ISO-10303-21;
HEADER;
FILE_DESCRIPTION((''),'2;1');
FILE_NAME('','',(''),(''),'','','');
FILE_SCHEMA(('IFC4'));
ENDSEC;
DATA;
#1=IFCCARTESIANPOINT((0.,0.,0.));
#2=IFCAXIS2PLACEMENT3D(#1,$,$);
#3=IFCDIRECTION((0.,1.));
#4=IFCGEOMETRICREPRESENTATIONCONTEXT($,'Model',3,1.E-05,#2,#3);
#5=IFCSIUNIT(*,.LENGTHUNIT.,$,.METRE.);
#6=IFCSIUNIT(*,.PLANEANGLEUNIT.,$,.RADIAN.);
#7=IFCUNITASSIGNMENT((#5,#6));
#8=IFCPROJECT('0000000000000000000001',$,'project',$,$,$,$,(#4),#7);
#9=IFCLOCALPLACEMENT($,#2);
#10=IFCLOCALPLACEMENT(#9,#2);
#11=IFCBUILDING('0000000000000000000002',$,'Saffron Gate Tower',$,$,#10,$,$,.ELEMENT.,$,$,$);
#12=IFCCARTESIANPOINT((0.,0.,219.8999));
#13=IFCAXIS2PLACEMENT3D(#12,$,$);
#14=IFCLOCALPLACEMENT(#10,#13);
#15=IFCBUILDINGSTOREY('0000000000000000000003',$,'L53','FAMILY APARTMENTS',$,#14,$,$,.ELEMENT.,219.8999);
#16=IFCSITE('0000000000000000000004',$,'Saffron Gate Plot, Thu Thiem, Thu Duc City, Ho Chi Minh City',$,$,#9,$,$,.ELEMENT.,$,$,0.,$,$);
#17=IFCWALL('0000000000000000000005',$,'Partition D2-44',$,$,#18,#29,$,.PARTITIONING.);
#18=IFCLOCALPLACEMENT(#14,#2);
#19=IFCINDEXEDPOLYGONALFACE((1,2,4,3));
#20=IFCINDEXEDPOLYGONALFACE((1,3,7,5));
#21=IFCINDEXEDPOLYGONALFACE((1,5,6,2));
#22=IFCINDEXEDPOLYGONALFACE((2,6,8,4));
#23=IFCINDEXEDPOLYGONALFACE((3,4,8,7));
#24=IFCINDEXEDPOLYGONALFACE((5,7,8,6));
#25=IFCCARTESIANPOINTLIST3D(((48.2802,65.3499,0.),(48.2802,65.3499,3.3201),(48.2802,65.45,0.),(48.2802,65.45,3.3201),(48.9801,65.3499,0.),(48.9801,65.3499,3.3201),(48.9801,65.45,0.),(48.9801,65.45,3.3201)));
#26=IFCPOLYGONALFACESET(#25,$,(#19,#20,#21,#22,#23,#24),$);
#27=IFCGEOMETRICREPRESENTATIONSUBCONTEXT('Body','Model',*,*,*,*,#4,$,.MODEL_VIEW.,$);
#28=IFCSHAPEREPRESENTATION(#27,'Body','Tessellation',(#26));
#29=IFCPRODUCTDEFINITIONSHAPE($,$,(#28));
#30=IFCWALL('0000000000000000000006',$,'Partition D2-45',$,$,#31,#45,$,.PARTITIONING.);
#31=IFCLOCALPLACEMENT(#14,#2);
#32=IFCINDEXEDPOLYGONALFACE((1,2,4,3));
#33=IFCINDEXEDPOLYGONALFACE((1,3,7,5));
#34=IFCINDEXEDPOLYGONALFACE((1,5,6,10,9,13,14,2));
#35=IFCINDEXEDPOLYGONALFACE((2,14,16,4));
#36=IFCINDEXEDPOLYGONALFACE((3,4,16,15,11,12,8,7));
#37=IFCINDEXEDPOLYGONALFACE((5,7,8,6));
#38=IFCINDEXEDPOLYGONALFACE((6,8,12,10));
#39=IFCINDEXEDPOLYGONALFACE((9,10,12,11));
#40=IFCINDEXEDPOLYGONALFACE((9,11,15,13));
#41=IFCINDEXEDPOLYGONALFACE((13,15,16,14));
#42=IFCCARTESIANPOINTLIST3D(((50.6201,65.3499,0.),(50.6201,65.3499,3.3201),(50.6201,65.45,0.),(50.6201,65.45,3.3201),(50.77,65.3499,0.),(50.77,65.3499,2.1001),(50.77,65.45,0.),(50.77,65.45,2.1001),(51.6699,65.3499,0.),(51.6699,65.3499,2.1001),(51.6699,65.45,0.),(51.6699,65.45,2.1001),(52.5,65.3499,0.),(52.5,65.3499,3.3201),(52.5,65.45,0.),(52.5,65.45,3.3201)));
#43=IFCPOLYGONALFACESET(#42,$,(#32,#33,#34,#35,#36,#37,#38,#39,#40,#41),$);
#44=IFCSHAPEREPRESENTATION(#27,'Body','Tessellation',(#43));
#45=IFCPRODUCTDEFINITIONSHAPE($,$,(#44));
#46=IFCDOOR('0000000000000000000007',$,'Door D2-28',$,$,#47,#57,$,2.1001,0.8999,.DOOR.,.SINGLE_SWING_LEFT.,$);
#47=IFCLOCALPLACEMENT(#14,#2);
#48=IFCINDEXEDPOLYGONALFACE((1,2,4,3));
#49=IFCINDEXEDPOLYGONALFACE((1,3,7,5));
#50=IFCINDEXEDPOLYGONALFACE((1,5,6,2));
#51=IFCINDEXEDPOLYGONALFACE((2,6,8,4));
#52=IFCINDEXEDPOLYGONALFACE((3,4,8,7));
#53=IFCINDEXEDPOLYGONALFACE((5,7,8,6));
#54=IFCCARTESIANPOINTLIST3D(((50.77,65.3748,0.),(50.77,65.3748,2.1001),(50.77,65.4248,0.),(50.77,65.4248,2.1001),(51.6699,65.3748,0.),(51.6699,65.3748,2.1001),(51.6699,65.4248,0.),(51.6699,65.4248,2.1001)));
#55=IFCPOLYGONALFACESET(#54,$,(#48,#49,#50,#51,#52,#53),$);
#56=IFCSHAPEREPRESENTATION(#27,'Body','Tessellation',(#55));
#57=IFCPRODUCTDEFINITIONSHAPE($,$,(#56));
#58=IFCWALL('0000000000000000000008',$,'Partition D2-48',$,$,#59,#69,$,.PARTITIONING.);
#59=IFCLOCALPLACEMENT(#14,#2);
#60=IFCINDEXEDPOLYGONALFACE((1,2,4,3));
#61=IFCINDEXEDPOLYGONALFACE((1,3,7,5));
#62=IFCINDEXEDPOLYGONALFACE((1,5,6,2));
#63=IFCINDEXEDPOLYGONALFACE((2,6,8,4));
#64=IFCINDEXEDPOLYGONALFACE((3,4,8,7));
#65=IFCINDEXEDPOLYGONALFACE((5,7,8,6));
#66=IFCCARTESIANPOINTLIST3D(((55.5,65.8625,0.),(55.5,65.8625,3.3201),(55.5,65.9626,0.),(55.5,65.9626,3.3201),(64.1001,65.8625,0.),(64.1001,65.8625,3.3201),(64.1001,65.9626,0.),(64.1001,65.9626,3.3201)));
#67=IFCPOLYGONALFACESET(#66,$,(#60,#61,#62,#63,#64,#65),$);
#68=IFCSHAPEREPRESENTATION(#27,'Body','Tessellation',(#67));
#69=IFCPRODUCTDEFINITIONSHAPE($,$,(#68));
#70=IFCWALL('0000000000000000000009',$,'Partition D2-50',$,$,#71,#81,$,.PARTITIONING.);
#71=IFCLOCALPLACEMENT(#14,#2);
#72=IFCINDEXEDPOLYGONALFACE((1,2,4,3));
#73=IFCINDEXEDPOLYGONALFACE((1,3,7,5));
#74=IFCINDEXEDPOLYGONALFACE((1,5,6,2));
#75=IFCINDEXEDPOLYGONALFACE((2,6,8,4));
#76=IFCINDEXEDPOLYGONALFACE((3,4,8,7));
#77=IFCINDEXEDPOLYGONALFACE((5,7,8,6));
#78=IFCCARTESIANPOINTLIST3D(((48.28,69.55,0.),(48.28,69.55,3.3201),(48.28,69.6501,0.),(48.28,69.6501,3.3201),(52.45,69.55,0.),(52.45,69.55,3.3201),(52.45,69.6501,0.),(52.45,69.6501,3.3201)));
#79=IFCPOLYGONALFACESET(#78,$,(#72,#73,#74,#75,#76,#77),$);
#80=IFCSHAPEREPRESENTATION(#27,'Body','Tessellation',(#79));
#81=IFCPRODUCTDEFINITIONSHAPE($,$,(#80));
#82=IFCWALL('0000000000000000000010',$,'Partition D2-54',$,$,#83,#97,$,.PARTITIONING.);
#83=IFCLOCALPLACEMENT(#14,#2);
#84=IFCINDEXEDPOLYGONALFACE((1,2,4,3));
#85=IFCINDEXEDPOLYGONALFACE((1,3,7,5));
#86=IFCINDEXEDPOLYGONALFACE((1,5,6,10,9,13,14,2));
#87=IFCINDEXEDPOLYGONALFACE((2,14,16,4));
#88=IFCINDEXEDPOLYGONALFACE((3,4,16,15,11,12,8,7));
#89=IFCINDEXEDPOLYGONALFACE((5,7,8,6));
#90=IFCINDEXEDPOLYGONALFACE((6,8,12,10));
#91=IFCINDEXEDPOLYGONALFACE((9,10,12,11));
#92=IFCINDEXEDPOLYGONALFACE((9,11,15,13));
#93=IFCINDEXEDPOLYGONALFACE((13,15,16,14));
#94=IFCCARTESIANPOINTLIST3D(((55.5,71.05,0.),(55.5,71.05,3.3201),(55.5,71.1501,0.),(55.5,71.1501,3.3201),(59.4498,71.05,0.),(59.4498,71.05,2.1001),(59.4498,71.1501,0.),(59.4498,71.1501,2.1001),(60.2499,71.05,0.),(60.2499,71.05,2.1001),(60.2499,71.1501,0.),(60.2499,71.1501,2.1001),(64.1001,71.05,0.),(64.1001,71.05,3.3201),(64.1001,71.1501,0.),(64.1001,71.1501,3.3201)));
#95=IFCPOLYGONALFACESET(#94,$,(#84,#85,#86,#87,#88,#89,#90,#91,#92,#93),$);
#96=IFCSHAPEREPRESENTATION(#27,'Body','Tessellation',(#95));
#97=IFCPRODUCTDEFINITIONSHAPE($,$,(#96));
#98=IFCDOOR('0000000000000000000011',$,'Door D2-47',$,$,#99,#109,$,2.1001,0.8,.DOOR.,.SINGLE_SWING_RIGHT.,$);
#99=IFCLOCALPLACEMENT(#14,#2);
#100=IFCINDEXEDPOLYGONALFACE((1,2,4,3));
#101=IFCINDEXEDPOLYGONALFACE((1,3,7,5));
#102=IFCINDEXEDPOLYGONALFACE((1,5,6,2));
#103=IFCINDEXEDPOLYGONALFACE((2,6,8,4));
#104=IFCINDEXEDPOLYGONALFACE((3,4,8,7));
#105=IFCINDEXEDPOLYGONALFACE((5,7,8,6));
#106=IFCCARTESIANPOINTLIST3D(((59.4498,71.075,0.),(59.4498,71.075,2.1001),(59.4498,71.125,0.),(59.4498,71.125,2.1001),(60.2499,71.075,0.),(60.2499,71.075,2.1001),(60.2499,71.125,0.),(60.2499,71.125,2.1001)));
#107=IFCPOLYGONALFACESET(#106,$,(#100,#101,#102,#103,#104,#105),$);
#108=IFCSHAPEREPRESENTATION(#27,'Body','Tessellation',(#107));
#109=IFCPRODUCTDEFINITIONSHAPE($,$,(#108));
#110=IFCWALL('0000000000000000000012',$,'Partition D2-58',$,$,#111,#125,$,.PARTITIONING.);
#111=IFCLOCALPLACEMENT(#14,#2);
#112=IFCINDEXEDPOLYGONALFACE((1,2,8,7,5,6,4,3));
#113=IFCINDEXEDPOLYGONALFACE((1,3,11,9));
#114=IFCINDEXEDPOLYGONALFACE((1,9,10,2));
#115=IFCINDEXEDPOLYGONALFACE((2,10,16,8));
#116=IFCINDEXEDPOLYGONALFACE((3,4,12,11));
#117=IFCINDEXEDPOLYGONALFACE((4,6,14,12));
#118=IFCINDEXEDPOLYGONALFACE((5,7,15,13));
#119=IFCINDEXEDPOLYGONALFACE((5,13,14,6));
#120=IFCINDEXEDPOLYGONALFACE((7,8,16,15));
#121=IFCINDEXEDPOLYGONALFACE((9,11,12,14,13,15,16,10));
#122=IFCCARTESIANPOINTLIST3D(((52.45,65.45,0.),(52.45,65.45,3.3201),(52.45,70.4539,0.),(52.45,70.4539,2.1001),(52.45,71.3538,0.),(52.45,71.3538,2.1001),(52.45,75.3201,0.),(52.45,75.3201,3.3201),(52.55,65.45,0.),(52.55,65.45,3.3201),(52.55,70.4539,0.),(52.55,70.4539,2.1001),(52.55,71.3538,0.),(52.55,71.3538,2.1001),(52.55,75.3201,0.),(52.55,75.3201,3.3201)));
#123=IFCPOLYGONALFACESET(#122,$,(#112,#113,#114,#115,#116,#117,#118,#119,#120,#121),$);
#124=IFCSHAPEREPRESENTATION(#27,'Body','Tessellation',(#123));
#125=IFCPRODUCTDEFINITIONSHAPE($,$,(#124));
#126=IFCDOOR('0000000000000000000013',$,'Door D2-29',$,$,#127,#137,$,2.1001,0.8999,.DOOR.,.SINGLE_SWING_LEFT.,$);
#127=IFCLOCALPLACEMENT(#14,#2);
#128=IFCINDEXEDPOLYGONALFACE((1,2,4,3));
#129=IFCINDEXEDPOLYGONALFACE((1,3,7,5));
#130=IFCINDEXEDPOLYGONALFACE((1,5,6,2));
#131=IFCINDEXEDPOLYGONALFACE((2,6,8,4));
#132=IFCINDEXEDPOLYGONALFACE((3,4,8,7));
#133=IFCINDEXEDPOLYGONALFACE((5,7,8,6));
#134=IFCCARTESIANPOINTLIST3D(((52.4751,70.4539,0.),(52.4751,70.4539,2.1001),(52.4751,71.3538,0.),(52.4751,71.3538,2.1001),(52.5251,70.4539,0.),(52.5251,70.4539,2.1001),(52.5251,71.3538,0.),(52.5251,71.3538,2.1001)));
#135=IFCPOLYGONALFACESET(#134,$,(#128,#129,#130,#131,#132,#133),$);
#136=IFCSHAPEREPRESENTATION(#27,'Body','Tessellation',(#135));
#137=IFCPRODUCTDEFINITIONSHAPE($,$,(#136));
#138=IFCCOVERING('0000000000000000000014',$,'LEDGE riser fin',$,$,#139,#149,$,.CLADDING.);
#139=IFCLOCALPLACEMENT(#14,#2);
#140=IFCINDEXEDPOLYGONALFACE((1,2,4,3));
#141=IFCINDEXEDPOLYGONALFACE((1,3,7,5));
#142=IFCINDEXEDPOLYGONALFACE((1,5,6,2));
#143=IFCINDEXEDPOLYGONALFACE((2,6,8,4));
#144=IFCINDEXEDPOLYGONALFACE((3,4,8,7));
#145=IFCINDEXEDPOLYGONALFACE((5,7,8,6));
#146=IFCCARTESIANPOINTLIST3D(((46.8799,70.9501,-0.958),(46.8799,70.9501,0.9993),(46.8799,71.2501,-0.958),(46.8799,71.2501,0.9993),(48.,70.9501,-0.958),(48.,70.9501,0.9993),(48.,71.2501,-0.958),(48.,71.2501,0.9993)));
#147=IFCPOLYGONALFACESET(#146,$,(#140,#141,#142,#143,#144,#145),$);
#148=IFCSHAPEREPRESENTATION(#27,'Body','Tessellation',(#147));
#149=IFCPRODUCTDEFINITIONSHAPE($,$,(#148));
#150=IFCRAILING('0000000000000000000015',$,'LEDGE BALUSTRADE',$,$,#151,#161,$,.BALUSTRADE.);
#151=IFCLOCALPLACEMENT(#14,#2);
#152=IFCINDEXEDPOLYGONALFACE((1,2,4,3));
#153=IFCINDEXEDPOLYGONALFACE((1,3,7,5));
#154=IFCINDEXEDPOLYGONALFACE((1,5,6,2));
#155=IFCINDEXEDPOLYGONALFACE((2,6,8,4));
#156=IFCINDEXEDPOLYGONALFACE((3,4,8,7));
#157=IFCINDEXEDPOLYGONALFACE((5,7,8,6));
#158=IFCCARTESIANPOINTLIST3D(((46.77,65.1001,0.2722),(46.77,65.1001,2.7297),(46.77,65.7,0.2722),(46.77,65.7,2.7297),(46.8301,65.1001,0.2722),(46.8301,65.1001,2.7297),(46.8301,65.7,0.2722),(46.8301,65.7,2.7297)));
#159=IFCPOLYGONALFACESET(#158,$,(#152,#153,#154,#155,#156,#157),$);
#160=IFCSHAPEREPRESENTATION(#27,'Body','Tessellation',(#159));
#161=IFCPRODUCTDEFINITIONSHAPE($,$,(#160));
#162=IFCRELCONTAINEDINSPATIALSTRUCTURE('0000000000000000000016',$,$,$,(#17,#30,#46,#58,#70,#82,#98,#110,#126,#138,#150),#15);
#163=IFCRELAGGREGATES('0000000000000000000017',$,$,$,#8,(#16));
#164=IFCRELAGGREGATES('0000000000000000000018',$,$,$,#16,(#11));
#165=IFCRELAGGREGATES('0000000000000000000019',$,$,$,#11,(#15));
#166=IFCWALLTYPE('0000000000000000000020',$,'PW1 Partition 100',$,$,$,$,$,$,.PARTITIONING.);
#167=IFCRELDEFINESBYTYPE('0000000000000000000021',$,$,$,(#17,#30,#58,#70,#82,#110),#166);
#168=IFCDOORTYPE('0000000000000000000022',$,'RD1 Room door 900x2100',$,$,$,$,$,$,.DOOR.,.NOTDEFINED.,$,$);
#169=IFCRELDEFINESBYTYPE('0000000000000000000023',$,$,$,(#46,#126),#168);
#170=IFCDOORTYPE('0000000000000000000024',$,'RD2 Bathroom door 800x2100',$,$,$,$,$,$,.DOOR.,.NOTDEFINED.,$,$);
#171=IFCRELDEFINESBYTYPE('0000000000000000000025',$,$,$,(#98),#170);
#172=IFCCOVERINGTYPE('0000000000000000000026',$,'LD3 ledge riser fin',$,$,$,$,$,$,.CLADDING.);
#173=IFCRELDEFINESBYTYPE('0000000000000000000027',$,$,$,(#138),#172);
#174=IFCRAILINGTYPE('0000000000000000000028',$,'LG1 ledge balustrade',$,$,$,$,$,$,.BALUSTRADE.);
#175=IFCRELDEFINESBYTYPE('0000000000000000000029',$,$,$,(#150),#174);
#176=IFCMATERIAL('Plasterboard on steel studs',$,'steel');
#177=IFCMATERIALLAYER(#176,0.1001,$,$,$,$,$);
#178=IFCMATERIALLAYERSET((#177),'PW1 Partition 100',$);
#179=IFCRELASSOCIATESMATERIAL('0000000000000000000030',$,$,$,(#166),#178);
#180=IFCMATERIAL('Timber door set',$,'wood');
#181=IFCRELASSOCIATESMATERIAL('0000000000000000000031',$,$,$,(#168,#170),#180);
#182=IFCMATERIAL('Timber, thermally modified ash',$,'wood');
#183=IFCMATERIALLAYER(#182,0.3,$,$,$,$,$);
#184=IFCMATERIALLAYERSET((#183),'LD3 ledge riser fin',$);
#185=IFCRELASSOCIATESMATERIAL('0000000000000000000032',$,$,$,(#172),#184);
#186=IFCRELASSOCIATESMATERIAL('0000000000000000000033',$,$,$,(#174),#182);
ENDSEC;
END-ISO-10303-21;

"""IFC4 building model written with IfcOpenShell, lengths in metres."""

from ifc_helpers import new_model, si_unit, direction, frame, frame_2d, origin, origin_2d, place, context, subcontext, project, spatial, rectangle, extrude, material, layer, layer_set, type_object, element, fill, save


model = new_model("IFC4")

# Units and contexts
model_context = context("Model", 3, precision=1e-05, world=origin(), true_north=direction((0.0, 1.0)))
body_context = subcontext(model_context, "Body", "Model", "MODEL_VIEW")
ifc_project = project(units=[si_unit("LENGTHUNIT", "METRE"), si_unit("PLANEANGLEUNIT", "RADIAN")], contexts=[model_context])

# Site, building, storey
site_placement = place(None, origin())
site = spatial("IfcSite", under=ifc_project, at=site_placement, Name="Saffron Gate Plot, Thu Thiem, Thu Duc City, Ho Chi Minh City", CompositionType="ELEMENT", RefElevation=0.0)
building_placement = place(site_placement, origin())
building = spatial("IfcBuilding", under=site, at=building_placement, Name="Saffron Gate Tower", CompositionType="ELEMENT")
storey_placement = place(building_placement, frame((0.0, 0.0, 219.8999)))
storey = spatial("IfcBuildingStorey", under=building, at=storey_placement, Name="L53", Description="FAMILY APARTMENTS", CompositionType="ELEMENT", Elevation=219.8999)

# Wall
ifc_material_1 = material(Name="Plasterboard on steel studs", Category="steel")
ifc_layer_1 = layer(ifc_material_1, 0.1001)
ifc_layer_set_1 = layer_set([ifc_layer_1], Name="PW1 Partition 100")
wall_type = type_object("IfcWallType", Name="PW1 Partition 100", PredefinedType="PARTITIONING", material=ifc_layer_set_1)
wall_1_placement = place(storey_placement, frame((48.28, 65.3999, 0.0), z_axis=(0.0, 0.0, 1.0), x_axis=(1.0, 0.0, 0.0)))
element("IfcWall", 1, at=wall_1_placement, inside=storey, type_object=wall_type, Name="Partition D2-44", PredefinedType="PARTITIONING", context=body_context, shape_type="SweptSolid", body=[
    extrude(rectangle(XDim=0.7, YDim=0.1001, at=frame_2d((0.3501, 0.0))), origin(), (0.0, 0.0, 1.0), 3.3201),
])

# Wall, opening, door
wall_2_placement = place(storey_placement, frame((50.6201, 65.3999, 0.0), z_axis=(0.0, 0.0, 1.0), x_axis=(1.0, 0.0, 0.0)))
wall_2 = element("IfcWall", 2, at=wall_2_placement, inside=storey, type_object=wall_type, Name="Partition D2-45", PredefinedType="PARTITIONING", context=body_context, shape_type="SweptSolid", body=[
    extrude(rectangle(XDim=1.8799, YDim=0.1001, at=frame_2d((0.9399, 0.0))), origin(), (0.0, 0.0, 1.0), 3.3201),
])
opening_1_placement = place(wall_2_placement, frame((0.1499, 0.0, 0.0)))
opening_1 = element("IfcOpeningElement", 3, at=opening_1_placement, cuts=wall_2, PredefinedType="OPENING", context=body_context, shape_type="SweptSolid", body=[
    extrude(rectangle(XDim=0.8999, YDim=2.1001, at=frame_2d((0.45, 1.05))), frame((0.0, 0.0601, 0.0), z_axis=(0.0, -1.0, 0.0), x_axis=(1.0, 0.0, 0.0)), (0.0, 0.0, 1.0), 0.1201),
])
ifc_material_2 = material(Name="Timber door set", Category="wood")
door_type_1 = type_object("IfcDoorType", Name="RD1 Room door 900x2100", OperationType="NOTDEFINED", PredefinedType="DOOR", material=ifc_material_2)
door_1_placement = place(opening_1_placement, origin())
door_1 = element("IfcDoor", 4, at=door_1_placement, inside=storey, type_object=door_type_1, Name="Door D2-28", OperationType="SINGLE_SWING_LEFT", OverallHeight=2.1001, OverallWidth=0.8999, PredefinedType="DOOR", context=body_context, shape_type="SweptSolid", body=[
    extrude(rectangle(XDim=0.8999, YDim=2.1001, at=frame_2d((0.45, 1.05))), frame((0.0, 0.0249, 0.0), z_axis=(0.0, -1.0, 0.0), x_axis=(1.0, 0.0, 0.0)), (0.0, 0.0, 1.0), 0.05),
])
fill(opening_1, door_1)

# Walls
wall_3_placement = place(storey_placement, frame((55.5, 65.9126, 0.0), z_axis=(0.0, 0.0, 1.0), x_axis=(1.0, 0.0, 0.0)))
element("IfcWall", 5, at=wall_3_placement, inside=storey, type_object=wall_type, Name="Partition D2-48", PredefinedType="PARTITIONING", context=body_context, shape_type="SweptSolid", body=[
    extrude(rectangle(XDim=8.6001, YDim=0.1001, at=frame_2d((4.3, 0.0))), origin(), (0.0, 0.0, 1.0), 3.3201),
])
wall_4_placement = place(storey_placement, frame((48.28, 69.6001, 0.0), z_axis=(0.0, 0.0, 1.0), x_axis=(1.0, 0.0, 0.0)))
element("IfcWall", 6, at=wall_4_placement, inside=storey, type_object=wall_type, Name="Partition D2-50", PredefinedType="PARTITIONING", context=body_context, shape_type="SweptSolid", body=[
    extrude(rectangle(XDim=4.1699, YDim=0.1001, at=frame_2d((2.085, 0.0))), origin(), (0.0, 0.0, 1.0), 3.3201),
])

# Walls, openings, doors
wall_5_placement = place(storey_placement, frame((55.5, 71.1001, 0.0), z_axis=(0.0, 0.0, 1.0), x_axis=(1.0, 0.0, 0.0)))
wall_5 = element("IfcWall", 7, at=wall_5_placement, inside=storey, type_object=wall_type, Name="Partition D2-54", PredefinedType="PARTITIONING", context=body_context, shape_type="SweptSolid", body=[
    extrude(rectangle(XDim=8.6001, YDim=0.1001, at=frame_2d((4.3, 0.0))), origin(), (0.0, 0.0, 1.0), 3.3201),
])
opening_2_placement = place(wall_5_placement, frame((3.95, 0.0, 0.0)))
opening_2 = element("IfcOpeningElement", 8, at=opening_2_placement, cuts=wall_5, PredefinedType="OPENING", context=body_context, shape_type="SweptSolid", body=[
    extrude(rectangle(XDim=0.8, YDim=2.1001, at=frame_2d((0.3999, 1.05))), frame((0.0, 0.0601, 0.0), z_axis=(0.0, -1.0, 0.0), x_axis=(1.0, 0.0, 0.0)), (0.0, 0.0, 1.0), 0.1201),
])
door_type_2 = type_object("IfcDoorType", Name="RD2 Bathroom door 800x2100", OperationType="NOTDEFINED", PredefinedType="DOOR", material=ifc_material_2)
door_2_placement = place(opening_2_placement, origin())
door_2 = element("IfcDoor", 9, at=door_2_placement, inside=storey, type_object=door_type_2, Name="Door D2-47", OperationType="SINGLE_SWING_RIGHT", OverallHeight=2.1001, OverallWidth=0.8, PredefinedType="DOOR", context=body_context, shape_type="SweptSolid", body=[
    extrude(rectangle(XDim=0.8, YDim=2.1001, at=frame_2d((0.3999, 1.05))), frame((0.0, 0.0249, 0.0), z_axis=(0.0, -1.0, 0.0), x_axis=(1.0, 0.0, 0.0)), (0.0, 0.0, 1.0), 0.05),
])
fill(opening_2, door_2)
wall_6_placement = place(storey_placement, frame((52.5, 65.45, 0.0), z_axis=(0.0, 0.0, 1.0), x_axis=(0.0, 1.0, 0.0)))
wall_6 = element("IfcWall", 10, at=wall_6_placement, inside=storey, type_object=wall_type, Name="Partition D2-58", PredefinedType="PARTITIONING", context=body_context, shape_type="SweptSolid", body=[
    extrude(rectangle(XDim=9.8701, YDim=0.1001, at=frame_2d((4.9351, 0.0))), origin(), (0.0, 0.0, 1.0), 3.3201),
])
opening_3_placement = place(wall_6_placement, frame((5.0039, 0.0, 0.0)))
opening_3 = element("IfcOpeningElement", 11, at=opening_3_placement, cuts=wall_6, PredefinedType="OPENING", context=body_context, shape_type="SweptSolid", body=[
    extrude(rectangle(XDim=0.8999, YDim=2.1001, at=frame_2d((0.45, 1.05))), frame((0.0, 0.0601, 0.0), z_axis=(0.0, -1.0, 0.0), x_axis=(1.0, 0.0, 0.0)), (0.0, 0.0, 1.0), 0.1201),
])
door_3_placement = place(opening_3_placement, origin())
door_3 = element("IfcDoor", 12, at=door_3_placement, inside=storey, type_object=door_type_1, Name="Door D2-29", OperationType="SINGLE_SWING_LEFT", OverallHeight=2.1001, OverallWidth=0.8999, PredefinedType="DOOR", context=body_context, shape_type="SweptSolid", body=[
    extrude(rectangle(XDim=0.8999, YDim=2.1001, at=frame_2d((0.45, 1.05))), frame((0.0, 0.0249, 0.0), z_axis=(0.0, -1.0, 0.0), x_axis=(1.0, 0.0, 0.0)), (0.0, 0.0, 1.0), 0.05),
])
fill(opening_3, door_3)

# Covering
ifc_material_3 = material(Name="Timber, thermally modified ash", Category="wood")
ifc_layer_2 = layer(ifc_material_3, 0.3)
ifc_layer_set_2 = layer_set([ifc_layer_2], Name="LD3 ledge riser fin")
covering_type = type_object("IfcCoveringType", Name="LD3 ledge riser fin", PredefinedType="CLADDING", material=ifc_layer_set_2)
covering_placement = place(storey_placement, frame((47.4399, 71.1001, -0.958), z_axis=(0.0, 0.0, 1.0), x_axis=(0.0, -1.0, 0.0)))
element("IfcCovering", 13, at=covering_placement, inside=storey, type_object=covering_type, Name="LEDGE riser fin", PredefinedType="CLADDING", context=body_context, shape_type="SweptSolid", body=[
    extrude(rectangle(XDim=0.3, YDim=1.1201, at=origin_2d()), origin(), (0.0, 0.0, 1.0), 1.9573),
])

# Railing
railing_type = type_object("IfcRailingType", Name="LG1 ledge balustrade", PredefinedType="BALUSTRADE", material=ifc_material_3)
railing_placement = place(storey_placement, frame((46.8, 65.7, 0.2722)))
element("IfcRailing", 14, at=railing_placement, inside=storey, type_object=railing_type, Name="LEDGE BALUSTRADE", PredefinedType="BALUSTRADE", context=body_context, shape_type="SweptSolid", body=[
    extrude(rectangle(XDim=0.0601, YDim=2.4575, at=origin_2d()), frame((0.0, 0.0, 1.2288), z_axis=(0.0, -1.0, 0.0), x_axis=(1.0, 0.0, 0.0)), (0.0, 0.0, 1.0), 0.5999),
])

save(model, "model.ifc")
